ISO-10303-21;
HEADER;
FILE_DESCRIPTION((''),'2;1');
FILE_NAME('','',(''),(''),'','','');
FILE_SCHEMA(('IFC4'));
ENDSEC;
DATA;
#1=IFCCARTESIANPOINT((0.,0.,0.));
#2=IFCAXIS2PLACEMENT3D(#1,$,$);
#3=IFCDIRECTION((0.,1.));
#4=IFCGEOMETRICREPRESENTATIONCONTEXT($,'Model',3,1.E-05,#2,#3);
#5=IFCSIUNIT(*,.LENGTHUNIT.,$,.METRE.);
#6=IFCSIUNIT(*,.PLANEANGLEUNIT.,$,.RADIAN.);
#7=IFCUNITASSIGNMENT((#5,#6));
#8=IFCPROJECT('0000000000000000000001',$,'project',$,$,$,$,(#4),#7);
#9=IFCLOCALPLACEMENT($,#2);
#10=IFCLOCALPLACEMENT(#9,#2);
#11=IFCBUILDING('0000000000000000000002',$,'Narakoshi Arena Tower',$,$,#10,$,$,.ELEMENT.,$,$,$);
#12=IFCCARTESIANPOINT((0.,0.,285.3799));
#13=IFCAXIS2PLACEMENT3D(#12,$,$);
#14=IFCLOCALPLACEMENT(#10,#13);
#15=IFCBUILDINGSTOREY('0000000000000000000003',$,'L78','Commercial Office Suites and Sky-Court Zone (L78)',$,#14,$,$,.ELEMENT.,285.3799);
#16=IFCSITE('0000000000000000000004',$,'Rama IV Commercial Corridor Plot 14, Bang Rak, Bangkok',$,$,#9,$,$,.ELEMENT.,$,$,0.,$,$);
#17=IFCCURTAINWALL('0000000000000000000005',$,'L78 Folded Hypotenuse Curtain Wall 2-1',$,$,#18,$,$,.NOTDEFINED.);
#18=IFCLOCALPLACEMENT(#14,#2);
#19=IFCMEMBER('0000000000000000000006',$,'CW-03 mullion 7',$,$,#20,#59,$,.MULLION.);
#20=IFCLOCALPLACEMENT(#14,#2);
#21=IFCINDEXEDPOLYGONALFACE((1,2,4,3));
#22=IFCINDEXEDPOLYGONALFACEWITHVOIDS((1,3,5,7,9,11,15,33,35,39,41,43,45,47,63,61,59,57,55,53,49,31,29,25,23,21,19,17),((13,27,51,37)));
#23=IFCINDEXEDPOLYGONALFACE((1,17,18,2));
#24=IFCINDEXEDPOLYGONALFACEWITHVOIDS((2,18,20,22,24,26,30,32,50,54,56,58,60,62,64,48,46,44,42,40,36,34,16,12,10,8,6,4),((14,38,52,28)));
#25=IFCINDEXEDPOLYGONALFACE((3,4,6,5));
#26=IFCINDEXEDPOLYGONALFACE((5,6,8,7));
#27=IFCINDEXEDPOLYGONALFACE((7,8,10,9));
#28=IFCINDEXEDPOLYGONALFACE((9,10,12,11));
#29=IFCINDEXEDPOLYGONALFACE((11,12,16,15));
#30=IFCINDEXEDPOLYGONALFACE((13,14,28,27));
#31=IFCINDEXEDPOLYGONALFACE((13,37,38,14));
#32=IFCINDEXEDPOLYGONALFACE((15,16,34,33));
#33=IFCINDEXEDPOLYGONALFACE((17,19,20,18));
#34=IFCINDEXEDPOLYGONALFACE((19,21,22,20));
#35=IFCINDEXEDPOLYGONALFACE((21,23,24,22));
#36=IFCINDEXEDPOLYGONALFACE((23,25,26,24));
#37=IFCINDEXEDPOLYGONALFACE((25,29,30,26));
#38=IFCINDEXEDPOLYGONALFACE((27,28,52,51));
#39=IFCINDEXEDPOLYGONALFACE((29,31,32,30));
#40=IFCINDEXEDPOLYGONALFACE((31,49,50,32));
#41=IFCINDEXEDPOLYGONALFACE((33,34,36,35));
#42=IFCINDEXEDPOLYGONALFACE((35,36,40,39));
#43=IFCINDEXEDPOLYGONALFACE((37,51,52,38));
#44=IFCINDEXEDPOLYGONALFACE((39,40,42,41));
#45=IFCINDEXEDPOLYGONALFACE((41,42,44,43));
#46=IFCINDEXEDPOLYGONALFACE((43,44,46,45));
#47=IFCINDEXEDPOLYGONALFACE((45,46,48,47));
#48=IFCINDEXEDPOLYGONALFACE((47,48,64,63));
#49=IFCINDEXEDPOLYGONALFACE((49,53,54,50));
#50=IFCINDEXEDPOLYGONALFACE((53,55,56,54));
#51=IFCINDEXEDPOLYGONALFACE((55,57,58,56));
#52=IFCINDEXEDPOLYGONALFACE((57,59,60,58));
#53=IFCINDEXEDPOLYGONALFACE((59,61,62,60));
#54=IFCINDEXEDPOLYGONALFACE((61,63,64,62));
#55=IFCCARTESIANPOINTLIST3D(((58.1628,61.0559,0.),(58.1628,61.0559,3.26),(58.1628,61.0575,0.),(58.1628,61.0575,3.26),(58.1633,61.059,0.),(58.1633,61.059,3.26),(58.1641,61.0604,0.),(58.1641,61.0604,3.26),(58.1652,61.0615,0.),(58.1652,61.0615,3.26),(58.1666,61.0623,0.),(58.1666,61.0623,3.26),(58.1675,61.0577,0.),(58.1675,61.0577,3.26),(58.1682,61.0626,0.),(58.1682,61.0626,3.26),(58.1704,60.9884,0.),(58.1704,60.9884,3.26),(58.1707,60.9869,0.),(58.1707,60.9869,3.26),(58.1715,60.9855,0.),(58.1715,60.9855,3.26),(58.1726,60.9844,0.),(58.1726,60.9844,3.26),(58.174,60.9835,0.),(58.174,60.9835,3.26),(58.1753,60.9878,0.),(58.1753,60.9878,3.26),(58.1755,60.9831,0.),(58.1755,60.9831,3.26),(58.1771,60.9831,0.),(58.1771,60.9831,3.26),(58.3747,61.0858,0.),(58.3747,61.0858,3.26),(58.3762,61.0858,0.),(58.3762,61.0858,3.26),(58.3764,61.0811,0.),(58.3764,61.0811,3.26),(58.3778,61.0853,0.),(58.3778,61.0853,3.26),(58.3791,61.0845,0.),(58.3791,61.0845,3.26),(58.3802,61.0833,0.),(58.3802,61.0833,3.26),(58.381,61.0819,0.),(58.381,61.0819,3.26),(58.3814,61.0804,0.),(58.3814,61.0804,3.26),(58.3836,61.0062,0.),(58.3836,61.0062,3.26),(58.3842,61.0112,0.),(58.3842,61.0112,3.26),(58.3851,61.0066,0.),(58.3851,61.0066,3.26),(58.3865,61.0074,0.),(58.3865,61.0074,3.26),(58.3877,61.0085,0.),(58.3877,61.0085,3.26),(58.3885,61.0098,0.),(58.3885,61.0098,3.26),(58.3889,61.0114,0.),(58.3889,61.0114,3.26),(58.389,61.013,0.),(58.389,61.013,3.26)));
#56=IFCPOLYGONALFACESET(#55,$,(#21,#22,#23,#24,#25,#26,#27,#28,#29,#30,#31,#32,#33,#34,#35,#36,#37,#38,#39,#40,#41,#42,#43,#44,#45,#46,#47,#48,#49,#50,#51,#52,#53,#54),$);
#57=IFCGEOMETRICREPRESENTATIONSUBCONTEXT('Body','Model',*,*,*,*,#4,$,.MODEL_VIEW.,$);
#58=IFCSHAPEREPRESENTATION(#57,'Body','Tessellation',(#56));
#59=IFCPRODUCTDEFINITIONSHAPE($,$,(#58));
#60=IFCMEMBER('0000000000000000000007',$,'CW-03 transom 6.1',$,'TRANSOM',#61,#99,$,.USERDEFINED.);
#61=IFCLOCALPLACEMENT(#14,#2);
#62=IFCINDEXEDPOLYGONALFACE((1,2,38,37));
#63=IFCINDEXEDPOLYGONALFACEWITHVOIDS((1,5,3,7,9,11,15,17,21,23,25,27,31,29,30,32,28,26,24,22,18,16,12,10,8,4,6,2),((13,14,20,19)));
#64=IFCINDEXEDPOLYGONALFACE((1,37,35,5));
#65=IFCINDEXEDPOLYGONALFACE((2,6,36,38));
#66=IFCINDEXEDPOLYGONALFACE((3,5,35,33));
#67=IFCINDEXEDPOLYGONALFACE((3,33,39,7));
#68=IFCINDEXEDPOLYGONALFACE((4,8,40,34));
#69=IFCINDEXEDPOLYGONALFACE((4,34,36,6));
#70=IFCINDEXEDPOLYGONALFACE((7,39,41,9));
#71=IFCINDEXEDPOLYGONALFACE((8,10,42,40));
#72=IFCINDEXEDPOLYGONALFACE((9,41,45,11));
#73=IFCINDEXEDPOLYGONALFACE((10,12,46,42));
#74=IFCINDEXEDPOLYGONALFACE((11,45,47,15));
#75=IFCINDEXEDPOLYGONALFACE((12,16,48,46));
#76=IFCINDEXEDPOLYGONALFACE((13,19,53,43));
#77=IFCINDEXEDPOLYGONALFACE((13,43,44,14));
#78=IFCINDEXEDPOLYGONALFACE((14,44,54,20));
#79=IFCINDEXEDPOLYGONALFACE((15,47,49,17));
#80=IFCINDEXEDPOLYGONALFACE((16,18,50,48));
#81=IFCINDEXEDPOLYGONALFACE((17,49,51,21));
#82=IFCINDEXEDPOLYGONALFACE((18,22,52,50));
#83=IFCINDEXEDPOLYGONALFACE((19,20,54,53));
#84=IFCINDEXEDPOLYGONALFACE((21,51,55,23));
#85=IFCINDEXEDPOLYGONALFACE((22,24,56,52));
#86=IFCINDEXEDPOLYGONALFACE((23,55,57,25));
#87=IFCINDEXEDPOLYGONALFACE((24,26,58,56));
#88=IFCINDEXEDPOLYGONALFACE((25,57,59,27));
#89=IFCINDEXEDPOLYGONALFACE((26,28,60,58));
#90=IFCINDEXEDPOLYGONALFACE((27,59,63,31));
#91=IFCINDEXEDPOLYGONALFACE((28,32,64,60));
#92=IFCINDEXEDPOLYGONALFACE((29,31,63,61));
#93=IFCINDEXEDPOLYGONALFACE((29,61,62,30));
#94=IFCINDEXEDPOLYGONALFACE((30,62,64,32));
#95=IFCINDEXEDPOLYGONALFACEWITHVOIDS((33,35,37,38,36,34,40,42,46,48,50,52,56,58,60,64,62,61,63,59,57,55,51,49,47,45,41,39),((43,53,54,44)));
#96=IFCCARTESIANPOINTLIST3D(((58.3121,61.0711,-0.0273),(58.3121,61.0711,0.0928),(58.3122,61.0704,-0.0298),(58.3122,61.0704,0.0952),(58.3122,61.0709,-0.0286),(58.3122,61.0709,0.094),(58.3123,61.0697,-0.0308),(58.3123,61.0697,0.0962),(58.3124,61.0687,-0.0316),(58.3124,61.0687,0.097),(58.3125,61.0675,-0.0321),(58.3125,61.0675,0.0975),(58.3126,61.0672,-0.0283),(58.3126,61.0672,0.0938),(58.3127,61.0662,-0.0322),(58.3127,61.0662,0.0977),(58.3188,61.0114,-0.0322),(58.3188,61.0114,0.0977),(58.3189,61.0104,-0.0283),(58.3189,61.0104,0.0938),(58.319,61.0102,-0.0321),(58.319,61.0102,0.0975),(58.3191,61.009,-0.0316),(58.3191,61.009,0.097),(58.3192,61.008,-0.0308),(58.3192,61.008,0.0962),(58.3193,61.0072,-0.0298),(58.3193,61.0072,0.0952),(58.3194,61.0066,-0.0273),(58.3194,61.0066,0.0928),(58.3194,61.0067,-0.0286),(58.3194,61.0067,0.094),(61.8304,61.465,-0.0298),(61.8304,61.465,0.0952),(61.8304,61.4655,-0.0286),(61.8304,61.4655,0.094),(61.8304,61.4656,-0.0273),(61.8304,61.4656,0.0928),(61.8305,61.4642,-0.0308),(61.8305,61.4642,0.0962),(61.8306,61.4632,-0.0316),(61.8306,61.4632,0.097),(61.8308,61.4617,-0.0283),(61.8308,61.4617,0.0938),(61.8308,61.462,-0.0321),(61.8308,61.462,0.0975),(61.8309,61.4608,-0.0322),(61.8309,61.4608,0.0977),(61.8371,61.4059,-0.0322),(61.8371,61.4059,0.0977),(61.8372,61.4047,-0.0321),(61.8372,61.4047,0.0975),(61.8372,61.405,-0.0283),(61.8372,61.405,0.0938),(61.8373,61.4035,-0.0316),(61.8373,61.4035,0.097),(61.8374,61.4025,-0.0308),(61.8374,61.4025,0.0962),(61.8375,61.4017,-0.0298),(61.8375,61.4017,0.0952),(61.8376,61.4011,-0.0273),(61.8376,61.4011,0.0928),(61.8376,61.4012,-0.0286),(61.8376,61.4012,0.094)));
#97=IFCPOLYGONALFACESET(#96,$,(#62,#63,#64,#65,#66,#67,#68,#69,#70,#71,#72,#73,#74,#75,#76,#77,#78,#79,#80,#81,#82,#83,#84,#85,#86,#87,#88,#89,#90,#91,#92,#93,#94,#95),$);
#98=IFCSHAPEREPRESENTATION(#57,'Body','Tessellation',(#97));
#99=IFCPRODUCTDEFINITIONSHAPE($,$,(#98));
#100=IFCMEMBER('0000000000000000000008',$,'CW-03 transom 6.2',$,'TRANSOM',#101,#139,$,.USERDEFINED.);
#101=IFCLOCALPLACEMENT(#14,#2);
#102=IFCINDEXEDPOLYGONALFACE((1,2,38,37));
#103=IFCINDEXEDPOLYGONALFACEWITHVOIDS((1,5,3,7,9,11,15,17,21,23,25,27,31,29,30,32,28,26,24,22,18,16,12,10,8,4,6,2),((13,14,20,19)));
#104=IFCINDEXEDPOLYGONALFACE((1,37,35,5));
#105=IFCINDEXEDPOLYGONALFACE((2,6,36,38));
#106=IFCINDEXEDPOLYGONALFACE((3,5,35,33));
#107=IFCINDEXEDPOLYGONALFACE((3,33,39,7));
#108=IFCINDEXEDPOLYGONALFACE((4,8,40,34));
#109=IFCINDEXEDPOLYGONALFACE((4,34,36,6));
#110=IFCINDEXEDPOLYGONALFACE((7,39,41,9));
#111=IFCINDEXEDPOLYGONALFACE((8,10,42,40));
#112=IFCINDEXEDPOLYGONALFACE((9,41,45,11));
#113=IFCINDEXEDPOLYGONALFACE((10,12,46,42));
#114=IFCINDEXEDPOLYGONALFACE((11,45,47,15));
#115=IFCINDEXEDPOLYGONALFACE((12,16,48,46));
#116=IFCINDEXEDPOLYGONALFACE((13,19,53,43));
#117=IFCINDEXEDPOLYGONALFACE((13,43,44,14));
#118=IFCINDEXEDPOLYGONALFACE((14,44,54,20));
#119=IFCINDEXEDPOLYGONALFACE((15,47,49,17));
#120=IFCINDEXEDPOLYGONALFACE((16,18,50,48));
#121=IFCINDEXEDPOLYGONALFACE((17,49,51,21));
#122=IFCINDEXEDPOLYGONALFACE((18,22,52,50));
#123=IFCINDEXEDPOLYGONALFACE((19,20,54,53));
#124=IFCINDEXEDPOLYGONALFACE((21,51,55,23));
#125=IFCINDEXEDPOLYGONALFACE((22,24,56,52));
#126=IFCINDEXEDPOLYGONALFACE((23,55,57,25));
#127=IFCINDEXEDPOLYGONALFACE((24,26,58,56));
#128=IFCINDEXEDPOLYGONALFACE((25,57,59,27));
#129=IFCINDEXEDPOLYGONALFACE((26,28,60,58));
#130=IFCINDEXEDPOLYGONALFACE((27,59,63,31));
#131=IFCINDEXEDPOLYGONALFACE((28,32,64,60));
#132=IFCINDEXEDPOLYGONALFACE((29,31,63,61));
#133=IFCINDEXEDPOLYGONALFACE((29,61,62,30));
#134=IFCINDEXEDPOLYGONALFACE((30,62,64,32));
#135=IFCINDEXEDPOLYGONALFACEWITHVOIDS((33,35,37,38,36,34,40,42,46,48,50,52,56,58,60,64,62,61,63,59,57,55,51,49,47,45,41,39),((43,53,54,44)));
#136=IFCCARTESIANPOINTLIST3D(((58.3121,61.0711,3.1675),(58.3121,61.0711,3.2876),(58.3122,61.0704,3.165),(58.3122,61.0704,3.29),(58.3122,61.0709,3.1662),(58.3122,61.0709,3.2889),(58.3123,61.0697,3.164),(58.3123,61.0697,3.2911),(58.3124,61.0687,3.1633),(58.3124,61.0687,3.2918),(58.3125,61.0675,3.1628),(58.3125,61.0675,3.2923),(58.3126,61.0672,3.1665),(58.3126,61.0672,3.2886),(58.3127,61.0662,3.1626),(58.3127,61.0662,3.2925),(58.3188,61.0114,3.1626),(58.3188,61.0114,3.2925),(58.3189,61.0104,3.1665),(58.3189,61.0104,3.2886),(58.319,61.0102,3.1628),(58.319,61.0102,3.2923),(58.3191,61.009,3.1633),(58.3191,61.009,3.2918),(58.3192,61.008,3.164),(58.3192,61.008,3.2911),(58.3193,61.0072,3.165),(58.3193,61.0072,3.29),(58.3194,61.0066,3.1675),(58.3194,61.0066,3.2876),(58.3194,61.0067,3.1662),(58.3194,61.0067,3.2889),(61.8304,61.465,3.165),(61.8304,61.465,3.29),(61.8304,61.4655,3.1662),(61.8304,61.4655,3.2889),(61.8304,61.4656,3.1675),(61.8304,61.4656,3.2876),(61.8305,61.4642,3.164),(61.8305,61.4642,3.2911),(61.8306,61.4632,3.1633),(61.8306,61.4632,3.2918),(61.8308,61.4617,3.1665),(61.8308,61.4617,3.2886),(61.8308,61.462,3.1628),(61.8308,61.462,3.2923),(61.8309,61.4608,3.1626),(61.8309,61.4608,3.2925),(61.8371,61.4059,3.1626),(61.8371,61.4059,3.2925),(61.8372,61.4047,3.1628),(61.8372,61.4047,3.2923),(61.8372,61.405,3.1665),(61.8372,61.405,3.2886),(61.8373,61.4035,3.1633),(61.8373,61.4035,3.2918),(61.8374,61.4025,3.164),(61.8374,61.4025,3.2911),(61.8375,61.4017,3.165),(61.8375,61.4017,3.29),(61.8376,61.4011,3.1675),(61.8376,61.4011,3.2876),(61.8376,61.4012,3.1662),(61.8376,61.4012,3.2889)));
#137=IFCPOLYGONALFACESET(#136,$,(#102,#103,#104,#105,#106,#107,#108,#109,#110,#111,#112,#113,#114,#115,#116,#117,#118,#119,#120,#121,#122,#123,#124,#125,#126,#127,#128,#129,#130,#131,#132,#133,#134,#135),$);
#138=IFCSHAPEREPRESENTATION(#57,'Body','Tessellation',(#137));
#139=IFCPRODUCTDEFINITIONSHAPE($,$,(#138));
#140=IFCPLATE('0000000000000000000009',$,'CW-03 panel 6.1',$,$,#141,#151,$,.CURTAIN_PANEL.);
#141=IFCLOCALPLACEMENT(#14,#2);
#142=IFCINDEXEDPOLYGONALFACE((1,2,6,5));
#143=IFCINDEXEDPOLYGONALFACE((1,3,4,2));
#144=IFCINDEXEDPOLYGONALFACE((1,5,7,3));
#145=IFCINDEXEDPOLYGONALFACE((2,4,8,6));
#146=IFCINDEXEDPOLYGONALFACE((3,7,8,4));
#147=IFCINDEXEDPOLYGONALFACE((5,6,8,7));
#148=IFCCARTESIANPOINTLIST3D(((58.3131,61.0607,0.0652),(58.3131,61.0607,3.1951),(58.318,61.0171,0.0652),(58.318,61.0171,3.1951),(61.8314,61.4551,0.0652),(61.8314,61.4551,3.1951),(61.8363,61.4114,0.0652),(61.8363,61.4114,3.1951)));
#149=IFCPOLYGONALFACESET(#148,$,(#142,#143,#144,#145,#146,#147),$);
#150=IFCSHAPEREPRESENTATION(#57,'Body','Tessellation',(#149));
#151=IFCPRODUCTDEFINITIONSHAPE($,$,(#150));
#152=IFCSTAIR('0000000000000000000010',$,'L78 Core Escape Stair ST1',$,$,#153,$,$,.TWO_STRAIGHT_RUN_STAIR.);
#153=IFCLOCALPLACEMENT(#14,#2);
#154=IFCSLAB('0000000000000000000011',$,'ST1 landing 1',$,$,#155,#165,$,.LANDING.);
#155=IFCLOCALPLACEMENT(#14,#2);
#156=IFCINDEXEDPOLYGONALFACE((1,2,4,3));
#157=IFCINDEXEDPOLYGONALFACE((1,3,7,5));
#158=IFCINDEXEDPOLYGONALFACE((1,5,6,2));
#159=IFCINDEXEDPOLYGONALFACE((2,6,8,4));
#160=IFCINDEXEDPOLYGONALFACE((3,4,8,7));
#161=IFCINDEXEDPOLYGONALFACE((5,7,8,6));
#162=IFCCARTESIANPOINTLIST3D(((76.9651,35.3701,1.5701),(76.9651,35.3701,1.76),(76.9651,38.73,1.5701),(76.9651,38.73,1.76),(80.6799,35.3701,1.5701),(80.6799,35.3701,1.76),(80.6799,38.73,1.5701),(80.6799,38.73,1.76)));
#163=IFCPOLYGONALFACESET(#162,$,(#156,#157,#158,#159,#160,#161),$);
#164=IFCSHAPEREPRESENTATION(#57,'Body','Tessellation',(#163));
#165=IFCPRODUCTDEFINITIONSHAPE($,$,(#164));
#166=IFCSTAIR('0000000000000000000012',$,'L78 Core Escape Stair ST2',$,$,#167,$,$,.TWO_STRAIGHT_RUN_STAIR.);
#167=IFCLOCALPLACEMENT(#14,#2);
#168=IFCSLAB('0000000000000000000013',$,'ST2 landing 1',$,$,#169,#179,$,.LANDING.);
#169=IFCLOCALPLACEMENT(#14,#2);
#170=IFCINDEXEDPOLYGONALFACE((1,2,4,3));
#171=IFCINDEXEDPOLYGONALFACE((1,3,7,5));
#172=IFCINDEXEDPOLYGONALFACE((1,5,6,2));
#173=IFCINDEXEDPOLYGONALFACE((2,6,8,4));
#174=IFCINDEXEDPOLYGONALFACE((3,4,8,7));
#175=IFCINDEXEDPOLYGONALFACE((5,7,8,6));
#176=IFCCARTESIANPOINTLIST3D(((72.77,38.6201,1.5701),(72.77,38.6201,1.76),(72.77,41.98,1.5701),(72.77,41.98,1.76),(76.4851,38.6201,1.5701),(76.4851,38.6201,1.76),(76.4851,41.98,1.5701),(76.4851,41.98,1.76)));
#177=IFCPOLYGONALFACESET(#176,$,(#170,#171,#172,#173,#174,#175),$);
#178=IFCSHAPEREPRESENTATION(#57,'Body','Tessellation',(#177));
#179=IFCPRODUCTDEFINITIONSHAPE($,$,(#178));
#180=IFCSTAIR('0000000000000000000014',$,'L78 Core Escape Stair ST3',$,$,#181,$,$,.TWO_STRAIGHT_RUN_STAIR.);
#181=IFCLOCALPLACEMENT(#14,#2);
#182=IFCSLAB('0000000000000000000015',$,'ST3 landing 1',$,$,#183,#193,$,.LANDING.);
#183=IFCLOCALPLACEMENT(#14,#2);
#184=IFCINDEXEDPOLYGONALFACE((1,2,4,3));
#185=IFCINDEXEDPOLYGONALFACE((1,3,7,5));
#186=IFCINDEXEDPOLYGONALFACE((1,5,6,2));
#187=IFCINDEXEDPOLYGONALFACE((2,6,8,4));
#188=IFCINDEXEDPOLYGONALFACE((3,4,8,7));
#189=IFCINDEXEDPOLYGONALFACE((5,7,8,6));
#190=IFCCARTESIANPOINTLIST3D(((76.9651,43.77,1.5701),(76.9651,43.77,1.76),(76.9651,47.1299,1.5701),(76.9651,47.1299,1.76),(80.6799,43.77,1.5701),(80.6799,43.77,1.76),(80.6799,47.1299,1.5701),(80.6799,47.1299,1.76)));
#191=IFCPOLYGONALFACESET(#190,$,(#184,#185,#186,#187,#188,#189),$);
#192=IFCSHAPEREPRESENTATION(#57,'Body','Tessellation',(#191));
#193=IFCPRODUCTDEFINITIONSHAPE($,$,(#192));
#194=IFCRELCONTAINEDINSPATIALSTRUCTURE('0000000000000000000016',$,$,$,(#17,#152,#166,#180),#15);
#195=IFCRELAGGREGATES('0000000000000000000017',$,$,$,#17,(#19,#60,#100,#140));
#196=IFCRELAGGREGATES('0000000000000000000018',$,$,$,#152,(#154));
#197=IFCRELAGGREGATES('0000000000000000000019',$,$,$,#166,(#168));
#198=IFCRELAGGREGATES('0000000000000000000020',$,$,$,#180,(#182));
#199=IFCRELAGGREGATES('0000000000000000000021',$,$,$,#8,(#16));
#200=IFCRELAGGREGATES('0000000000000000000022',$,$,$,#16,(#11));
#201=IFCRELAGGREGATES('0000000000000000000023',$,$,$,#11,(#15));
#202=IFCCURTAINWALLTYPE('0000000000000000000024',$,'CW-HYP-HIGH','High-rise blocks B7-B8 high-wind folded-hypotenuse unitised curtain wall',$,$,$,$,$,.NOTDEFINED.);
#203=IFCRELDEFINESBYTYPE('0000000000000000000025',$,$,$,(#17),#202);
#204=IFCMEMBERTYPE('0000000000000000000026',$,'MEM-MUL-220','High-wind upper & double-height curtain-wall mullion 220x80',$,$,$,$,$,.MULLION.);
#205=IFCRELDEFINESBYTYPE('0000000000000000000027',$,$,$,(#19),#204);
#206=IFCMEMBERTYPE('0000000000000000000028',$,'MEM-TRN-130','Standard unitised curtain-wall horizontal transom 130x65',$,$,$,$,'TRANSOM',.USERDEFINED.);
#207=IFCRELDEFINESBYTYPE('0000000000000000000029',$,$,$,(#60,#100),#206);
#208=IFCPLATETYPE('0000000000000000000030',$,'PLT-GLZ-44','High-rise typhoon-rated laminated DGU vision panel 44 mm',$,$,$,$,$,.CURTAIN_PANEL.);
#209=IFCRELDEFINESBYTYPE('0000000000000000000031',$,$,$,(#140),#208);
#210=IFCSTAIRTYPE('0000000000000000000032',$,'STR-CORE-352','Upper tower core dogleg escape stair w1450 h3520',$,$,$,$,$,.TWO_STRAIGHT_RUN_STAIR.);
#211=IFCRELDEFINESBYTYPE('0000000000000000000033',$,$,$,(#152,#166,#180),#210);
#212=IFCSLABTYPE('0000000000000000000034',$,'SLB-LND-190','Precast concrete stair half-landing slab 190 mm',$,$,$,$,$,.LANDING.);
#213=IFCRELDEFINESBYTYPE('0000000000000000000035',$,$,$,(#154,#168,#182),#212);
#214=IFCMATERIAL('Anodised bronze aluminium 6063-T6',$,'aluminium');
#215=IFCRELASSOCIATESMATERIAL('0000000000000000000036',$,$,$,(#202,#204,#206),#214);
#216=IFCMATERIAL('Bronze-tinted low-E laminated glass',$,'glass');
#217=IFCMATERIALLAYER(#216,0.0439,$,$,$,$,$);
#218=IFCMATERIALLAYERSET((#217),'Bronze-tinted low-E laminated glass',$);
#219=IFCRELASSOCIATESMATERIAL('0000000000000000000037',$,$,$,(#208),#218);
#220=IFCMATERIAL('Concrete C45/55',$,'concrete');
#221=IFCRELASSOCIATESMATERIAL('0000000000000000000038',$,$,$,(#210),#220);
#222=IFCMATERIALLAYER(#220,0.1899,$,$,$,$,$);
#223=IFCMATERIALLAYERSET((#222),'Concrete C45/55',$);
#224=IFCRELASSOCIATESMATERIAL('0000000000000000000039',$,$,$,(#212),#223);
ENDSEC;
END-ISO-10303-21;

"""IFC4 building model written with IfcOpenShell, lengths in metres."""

from ifc_helpers import new_model, si_unit, direction, frame, origin, origin_2d, place, context, subcontext, project, spatial, polyline, rectangle, hollow_rectangle, outline, extrude, material, layer, layer_set, material_profile, profile_set, type_object, element, aggregate, save


model = new_model("IFC4")

# Units and contexts
model_context = context("Model", 3, precision=1e-05, world=origin(), true_north=direction((0.0, 1.0)))
body_context = subcontext(model_context, "Body", "Model", "MODEL_VIEW")
ifc_project = project(units=[si_unit("LENGTHUNIT", "METRE"), si_unit("PLANEANGLEUNIT", "RADIAN")], contexts=[model_context])

# Site, building, storey
site_placement = place(None, origin())
site = spatial("IfcSite", under=ifc_project, at=site_placement, Name="Rama IV Commercial Corridor Plot 14, Bang Rak, Bangkok", CompositionType="ELEMENT", RefElevation=0.0)
building_placement = place(site_placement, origin())
building = spatial("IfcBuilding", under=site, at=building_placement, Name="Narakoshi Arena Tower", CompositionType="ELEMENT")
storey_placement = place(building_placement, frame((0.0, 0.0, 285.3799)))
storey = spatial("IfcBuildingStorey", under=building, at=storey_placement, Name="L78", Description="Commercial Office Suites and Sky-Court Zone (L78)", CompositionType="ELEMENT", Elevation=285.3799)

# Curtain wall, members, plate
ifc_material_1 = material(Name="Anodised bronze aluminium 6063-T6", Category="aluminium")
curtain_wall_type = type_object("IfcCurtainWallType", Name="CW-HYP-HIGH", Description="High-rise blocks B7-B8 high-wind folded-hypotenuse unitised curtain wall", PredefinedType="NOTDEFINED", material=ifc_material_1)
curtain_wall_placement = place(storey_placement, origin())
curtain_wall = element("IfcCurtainWall", 1, at=curtain_wall_placement, inside=storey, type_object=curtain_wall_type, Name="L78 Folded Hypotenuse Curtain Wall 2-1", PredefinedType="NOTDEFINED")
ifc_material_profile_1 = material_profile(ifc_material_1, hollow_rectangle(XDim=0.0801, YDim=0.22, WallThickness=0.0049, OuterFilletRadius=0.0061, at=origin_2d()), Name="MUL220x80x5")
ifc_profile_set_1 = profile_set([ifc_material_profile_1], Name="Anodised bronze aluminium 6063-T6")
member_type_1 = type_object("IfcMemberType", Name="MEM-MUL-220", Description="High-wind upper & double-height curtain-wall mullion 220x80", PredefinedType="MULLION", material=ifc_profile_set_1)
member_1_placement = place(storey_placement, frame((58.2759, 61.0344, 0.0), z_axis=(0.0, 0.0, 1.0), x_axis=(0.111396, -0.993776, 0.0)))
member_1 = element("IfcMember", 2, at=member_1_placement, type_object=member_type_1, Name="CW-03 mullion 7", PredefinedType="MULLION", context=body_context, shape_type="SweptSolid", body=[
    extrude(hollow_rectangle(XDim=0.0801, YDim=0.22, WallThickness=0.0049, OuterFilletRadius=0.0061, at=origin_2d()), origin(), (0.0, 0.0, 1.0), 3.26),
])
ifc_material_profile_2 = material_profile(ifc_material_1, hollow_rectangle(XDim=0.0649, YDim=0.1299, WallThickness=0.0039, OuterFilletRadius=0.0049, at=origin_2d()), Name="TRN130x65x4")
ifc_profile_set_2 = profile_set([ifc_material_profile_2], Name="Anodised bronze aluminium 6063-T6")
member_type_2 = type_object("IfcMemberType", Name="MEM-TRN-130", Description="Standard unitised curtain-wall horizontal transom 130x65", ElementType="TRANSOM", PredefinedType="USERDEFINED", material=ifc_profile_set_2)
member_2_placement = place(storey_placement, frame((61.834, 61.4333, 0.0327), z_axis=(-0.993771, -0.111438, 0.0), x_axis=(0.111438, -0.993771, 0.0)))
member_2 = element("IfcMember", 3, at=member_2_placement, type_object=member_type_2, Name="CW-03 transom 6.1", ObjectType="TRANSOM", PredefinedType="USERDEFINED", context=body_context, shape_type="SweptSolid", body=[
    extrude(hollow_rectangle(XDim=0.0649, YDim=0.1299, WallThickness=0.0039, OuterFilletRadius=0.0049, at=origin_2d()), origin(), (0.0, 0.0, 1.0), 3.5403),
])
member_3_placement = place(storey_placement, frame((61.834, 61.4333, 3.2275), z_axis=(-0.993771, -0.111438, 0.0), x_axis=(0.111438, -0.993771, 0.0)))
member_3 = element("IfcMember", 4, at=member_3_placement, type_object=member_type_2, Name="CW-03 transom 6.2", ObjectType="TRANSOM", PredefinedType="USERDEFINED", context=body_context, shape_type="SweptSolid", body=[
    extrude(hollow_rectangle(XDim=0.0649, YDim=0.1299, WallThickness=0.0039, OuterFilletRadius=0.0049, at=origin_2d()), origin(), (0.0, 0.0, 1.0), 3.5403),
])
ifc_material_2 = material(Name="Bronze-tinted low-E laminated glass", Category="glass")
ifc_layer_1 = layer(ifc_material_2, 0.0439)
ifc_layer_set_1 = layer_set([ifc_layer_1], Name="Bronze-tinted low-E laminated glass")
plate_type = type_object("IfcPlateType", Name="PLT-GLZ-44", Description="High-rise typhoon-rated laminated DGU vision panel 44 mm", PredefinedType="CURTAIN_PANEL", material=ifc_layer_set_1)
plate_placement = place(storey_placement, frame((60.0747, 61.2361, 0.0652), z_axis=(0.0, 0.0, 1.0), x_axis=(-0.993776, -0.111396, 0.0)))
plate = element("IfcPlate", 5, at=plate_placement, type_object=plate_type, Name="CW-03 panel 6.1", PredefinedType="CURTAIN_PANEL", context=body_context, shape_type="SweptSolid", body=[
    extrude(rectangle(XDim=3.5403, YDim=0.0439, at=origin_2d()), origin(), (0.0, 0.0, 1.0), 3.1299),
])
aggregate(curtain_wall, [member_1, member_2, member_3, plate])

# Stairs, slabs
ifc_material_3 = material(Name="Concrete C45/55", Category="concrete")
stair_type = type_object("IfcStairType", Name="STR-CORE-352", Description="Upper tower core dogleg escape stair w1450 h3520", PredefinedType="TWO_STRAIGHT_RUN_STAIR", material=ifc_material_3)
stair_1_placement = place(storey_placement, origin())
stair_1 = element("IfcStair", 6, at=stair_1_placement, inside=storey, type_object=stair_type, Name="L78 Core Escape Stair ST1", PredefinedType="TWO_STRAIGHT_RUN_STAIR")
ifc_layer_2 = layer(ifc_material_3, 0.1899)
ifc_layer_set_2 = layer_set([ifc_layer_2], Name="Concrete C45/55")
slab_type_1 = type_object("IfcSlabType", Name="SLB-LND-190", Description="Precast concrete stair half-landing slab 190 mm", PredefinedType="LANDING", material=ifc_layer_set_2)
slab_1_placement = place(storey_placement, frame((0.0, 0.0, 1.5701)))
slab_1 = element("IfcSlab", 7, at=slab_1_placement, type_object=slab_type_1, Name="ST1 landing 1", PredefinedType="LANDING", context=body_context, shape_type="SweptSolid", body=[
    extrude(outline(polyline([(76.9651, 35.3701), (80.6799, 35.3701), (80.6799, 38.73), (76.9651, 38.73), (76.9651, 35.3701)])), origin(), (0.0, 0.0, 1.0), 0.1899),
])
aggregate(stair_1, [slab_1])
stair_2_placement = place(storey_placement, origin())
stair_2 = element("IfcStair", 8, at=stair_2_placement, inside=storey, type_object=stair_type, Name="L78 Core Escape Stair ST2", PredefinedType="TWO_STRAIGHT_RUN_STAIR")
slab_2_placement = place(storey_placement, frame((0.0, 0.0, 1.5701)))
slab_2 = element("IfcSlab", 9, at=slab_2_placement, type_object=slab_type_1, Name="ST2 landing 1", PredefinedType="LANDING", context=body_context, shape_type="SweptSolid", body=[
    extrude(outline(polyline([(72.77, 38.6201), (76.4851, 38.6201), (76.4851, 41.98), (72.77, 41.98), (72.77, 38.6201)])), origin(), (0.0, 0.0, 1.0), 0.1899),
])
aggregate(stair_2, [slab_2])
stair_3_placement = place(storey_placement, origin())
stair_3 = element("IfcStair", 10, at=stair_3_placement, inside=storey, type_object=stair_type, Name="L78 Core Escape Stair ST3", PredefinedType="TWO_STRAIGHT_RUN_STAIR")
slab_3_placement = place(storey_placement, frame((0.0, 0.0, 1.5701)))
slab_3 = element("IfcSlab", 11, at=slab_3_placement, type_object=slab_type_1, Name="ST3 landing 1", PredefinedType="LANDING", context=body_context, shape_type="SweptSolid", body=[
    extrude(outline(polyline([(76.9651, 43.77), (80.6799, 43.77), (80.6799, 47.1299), (76.9651, 47.1299), (76.9651, 43.77)])), origin(), (0.0, 0.0, 1.0), 0.1899),
])
aggregate(stair_3, [slab_3])

save(model, "model.ifc")
